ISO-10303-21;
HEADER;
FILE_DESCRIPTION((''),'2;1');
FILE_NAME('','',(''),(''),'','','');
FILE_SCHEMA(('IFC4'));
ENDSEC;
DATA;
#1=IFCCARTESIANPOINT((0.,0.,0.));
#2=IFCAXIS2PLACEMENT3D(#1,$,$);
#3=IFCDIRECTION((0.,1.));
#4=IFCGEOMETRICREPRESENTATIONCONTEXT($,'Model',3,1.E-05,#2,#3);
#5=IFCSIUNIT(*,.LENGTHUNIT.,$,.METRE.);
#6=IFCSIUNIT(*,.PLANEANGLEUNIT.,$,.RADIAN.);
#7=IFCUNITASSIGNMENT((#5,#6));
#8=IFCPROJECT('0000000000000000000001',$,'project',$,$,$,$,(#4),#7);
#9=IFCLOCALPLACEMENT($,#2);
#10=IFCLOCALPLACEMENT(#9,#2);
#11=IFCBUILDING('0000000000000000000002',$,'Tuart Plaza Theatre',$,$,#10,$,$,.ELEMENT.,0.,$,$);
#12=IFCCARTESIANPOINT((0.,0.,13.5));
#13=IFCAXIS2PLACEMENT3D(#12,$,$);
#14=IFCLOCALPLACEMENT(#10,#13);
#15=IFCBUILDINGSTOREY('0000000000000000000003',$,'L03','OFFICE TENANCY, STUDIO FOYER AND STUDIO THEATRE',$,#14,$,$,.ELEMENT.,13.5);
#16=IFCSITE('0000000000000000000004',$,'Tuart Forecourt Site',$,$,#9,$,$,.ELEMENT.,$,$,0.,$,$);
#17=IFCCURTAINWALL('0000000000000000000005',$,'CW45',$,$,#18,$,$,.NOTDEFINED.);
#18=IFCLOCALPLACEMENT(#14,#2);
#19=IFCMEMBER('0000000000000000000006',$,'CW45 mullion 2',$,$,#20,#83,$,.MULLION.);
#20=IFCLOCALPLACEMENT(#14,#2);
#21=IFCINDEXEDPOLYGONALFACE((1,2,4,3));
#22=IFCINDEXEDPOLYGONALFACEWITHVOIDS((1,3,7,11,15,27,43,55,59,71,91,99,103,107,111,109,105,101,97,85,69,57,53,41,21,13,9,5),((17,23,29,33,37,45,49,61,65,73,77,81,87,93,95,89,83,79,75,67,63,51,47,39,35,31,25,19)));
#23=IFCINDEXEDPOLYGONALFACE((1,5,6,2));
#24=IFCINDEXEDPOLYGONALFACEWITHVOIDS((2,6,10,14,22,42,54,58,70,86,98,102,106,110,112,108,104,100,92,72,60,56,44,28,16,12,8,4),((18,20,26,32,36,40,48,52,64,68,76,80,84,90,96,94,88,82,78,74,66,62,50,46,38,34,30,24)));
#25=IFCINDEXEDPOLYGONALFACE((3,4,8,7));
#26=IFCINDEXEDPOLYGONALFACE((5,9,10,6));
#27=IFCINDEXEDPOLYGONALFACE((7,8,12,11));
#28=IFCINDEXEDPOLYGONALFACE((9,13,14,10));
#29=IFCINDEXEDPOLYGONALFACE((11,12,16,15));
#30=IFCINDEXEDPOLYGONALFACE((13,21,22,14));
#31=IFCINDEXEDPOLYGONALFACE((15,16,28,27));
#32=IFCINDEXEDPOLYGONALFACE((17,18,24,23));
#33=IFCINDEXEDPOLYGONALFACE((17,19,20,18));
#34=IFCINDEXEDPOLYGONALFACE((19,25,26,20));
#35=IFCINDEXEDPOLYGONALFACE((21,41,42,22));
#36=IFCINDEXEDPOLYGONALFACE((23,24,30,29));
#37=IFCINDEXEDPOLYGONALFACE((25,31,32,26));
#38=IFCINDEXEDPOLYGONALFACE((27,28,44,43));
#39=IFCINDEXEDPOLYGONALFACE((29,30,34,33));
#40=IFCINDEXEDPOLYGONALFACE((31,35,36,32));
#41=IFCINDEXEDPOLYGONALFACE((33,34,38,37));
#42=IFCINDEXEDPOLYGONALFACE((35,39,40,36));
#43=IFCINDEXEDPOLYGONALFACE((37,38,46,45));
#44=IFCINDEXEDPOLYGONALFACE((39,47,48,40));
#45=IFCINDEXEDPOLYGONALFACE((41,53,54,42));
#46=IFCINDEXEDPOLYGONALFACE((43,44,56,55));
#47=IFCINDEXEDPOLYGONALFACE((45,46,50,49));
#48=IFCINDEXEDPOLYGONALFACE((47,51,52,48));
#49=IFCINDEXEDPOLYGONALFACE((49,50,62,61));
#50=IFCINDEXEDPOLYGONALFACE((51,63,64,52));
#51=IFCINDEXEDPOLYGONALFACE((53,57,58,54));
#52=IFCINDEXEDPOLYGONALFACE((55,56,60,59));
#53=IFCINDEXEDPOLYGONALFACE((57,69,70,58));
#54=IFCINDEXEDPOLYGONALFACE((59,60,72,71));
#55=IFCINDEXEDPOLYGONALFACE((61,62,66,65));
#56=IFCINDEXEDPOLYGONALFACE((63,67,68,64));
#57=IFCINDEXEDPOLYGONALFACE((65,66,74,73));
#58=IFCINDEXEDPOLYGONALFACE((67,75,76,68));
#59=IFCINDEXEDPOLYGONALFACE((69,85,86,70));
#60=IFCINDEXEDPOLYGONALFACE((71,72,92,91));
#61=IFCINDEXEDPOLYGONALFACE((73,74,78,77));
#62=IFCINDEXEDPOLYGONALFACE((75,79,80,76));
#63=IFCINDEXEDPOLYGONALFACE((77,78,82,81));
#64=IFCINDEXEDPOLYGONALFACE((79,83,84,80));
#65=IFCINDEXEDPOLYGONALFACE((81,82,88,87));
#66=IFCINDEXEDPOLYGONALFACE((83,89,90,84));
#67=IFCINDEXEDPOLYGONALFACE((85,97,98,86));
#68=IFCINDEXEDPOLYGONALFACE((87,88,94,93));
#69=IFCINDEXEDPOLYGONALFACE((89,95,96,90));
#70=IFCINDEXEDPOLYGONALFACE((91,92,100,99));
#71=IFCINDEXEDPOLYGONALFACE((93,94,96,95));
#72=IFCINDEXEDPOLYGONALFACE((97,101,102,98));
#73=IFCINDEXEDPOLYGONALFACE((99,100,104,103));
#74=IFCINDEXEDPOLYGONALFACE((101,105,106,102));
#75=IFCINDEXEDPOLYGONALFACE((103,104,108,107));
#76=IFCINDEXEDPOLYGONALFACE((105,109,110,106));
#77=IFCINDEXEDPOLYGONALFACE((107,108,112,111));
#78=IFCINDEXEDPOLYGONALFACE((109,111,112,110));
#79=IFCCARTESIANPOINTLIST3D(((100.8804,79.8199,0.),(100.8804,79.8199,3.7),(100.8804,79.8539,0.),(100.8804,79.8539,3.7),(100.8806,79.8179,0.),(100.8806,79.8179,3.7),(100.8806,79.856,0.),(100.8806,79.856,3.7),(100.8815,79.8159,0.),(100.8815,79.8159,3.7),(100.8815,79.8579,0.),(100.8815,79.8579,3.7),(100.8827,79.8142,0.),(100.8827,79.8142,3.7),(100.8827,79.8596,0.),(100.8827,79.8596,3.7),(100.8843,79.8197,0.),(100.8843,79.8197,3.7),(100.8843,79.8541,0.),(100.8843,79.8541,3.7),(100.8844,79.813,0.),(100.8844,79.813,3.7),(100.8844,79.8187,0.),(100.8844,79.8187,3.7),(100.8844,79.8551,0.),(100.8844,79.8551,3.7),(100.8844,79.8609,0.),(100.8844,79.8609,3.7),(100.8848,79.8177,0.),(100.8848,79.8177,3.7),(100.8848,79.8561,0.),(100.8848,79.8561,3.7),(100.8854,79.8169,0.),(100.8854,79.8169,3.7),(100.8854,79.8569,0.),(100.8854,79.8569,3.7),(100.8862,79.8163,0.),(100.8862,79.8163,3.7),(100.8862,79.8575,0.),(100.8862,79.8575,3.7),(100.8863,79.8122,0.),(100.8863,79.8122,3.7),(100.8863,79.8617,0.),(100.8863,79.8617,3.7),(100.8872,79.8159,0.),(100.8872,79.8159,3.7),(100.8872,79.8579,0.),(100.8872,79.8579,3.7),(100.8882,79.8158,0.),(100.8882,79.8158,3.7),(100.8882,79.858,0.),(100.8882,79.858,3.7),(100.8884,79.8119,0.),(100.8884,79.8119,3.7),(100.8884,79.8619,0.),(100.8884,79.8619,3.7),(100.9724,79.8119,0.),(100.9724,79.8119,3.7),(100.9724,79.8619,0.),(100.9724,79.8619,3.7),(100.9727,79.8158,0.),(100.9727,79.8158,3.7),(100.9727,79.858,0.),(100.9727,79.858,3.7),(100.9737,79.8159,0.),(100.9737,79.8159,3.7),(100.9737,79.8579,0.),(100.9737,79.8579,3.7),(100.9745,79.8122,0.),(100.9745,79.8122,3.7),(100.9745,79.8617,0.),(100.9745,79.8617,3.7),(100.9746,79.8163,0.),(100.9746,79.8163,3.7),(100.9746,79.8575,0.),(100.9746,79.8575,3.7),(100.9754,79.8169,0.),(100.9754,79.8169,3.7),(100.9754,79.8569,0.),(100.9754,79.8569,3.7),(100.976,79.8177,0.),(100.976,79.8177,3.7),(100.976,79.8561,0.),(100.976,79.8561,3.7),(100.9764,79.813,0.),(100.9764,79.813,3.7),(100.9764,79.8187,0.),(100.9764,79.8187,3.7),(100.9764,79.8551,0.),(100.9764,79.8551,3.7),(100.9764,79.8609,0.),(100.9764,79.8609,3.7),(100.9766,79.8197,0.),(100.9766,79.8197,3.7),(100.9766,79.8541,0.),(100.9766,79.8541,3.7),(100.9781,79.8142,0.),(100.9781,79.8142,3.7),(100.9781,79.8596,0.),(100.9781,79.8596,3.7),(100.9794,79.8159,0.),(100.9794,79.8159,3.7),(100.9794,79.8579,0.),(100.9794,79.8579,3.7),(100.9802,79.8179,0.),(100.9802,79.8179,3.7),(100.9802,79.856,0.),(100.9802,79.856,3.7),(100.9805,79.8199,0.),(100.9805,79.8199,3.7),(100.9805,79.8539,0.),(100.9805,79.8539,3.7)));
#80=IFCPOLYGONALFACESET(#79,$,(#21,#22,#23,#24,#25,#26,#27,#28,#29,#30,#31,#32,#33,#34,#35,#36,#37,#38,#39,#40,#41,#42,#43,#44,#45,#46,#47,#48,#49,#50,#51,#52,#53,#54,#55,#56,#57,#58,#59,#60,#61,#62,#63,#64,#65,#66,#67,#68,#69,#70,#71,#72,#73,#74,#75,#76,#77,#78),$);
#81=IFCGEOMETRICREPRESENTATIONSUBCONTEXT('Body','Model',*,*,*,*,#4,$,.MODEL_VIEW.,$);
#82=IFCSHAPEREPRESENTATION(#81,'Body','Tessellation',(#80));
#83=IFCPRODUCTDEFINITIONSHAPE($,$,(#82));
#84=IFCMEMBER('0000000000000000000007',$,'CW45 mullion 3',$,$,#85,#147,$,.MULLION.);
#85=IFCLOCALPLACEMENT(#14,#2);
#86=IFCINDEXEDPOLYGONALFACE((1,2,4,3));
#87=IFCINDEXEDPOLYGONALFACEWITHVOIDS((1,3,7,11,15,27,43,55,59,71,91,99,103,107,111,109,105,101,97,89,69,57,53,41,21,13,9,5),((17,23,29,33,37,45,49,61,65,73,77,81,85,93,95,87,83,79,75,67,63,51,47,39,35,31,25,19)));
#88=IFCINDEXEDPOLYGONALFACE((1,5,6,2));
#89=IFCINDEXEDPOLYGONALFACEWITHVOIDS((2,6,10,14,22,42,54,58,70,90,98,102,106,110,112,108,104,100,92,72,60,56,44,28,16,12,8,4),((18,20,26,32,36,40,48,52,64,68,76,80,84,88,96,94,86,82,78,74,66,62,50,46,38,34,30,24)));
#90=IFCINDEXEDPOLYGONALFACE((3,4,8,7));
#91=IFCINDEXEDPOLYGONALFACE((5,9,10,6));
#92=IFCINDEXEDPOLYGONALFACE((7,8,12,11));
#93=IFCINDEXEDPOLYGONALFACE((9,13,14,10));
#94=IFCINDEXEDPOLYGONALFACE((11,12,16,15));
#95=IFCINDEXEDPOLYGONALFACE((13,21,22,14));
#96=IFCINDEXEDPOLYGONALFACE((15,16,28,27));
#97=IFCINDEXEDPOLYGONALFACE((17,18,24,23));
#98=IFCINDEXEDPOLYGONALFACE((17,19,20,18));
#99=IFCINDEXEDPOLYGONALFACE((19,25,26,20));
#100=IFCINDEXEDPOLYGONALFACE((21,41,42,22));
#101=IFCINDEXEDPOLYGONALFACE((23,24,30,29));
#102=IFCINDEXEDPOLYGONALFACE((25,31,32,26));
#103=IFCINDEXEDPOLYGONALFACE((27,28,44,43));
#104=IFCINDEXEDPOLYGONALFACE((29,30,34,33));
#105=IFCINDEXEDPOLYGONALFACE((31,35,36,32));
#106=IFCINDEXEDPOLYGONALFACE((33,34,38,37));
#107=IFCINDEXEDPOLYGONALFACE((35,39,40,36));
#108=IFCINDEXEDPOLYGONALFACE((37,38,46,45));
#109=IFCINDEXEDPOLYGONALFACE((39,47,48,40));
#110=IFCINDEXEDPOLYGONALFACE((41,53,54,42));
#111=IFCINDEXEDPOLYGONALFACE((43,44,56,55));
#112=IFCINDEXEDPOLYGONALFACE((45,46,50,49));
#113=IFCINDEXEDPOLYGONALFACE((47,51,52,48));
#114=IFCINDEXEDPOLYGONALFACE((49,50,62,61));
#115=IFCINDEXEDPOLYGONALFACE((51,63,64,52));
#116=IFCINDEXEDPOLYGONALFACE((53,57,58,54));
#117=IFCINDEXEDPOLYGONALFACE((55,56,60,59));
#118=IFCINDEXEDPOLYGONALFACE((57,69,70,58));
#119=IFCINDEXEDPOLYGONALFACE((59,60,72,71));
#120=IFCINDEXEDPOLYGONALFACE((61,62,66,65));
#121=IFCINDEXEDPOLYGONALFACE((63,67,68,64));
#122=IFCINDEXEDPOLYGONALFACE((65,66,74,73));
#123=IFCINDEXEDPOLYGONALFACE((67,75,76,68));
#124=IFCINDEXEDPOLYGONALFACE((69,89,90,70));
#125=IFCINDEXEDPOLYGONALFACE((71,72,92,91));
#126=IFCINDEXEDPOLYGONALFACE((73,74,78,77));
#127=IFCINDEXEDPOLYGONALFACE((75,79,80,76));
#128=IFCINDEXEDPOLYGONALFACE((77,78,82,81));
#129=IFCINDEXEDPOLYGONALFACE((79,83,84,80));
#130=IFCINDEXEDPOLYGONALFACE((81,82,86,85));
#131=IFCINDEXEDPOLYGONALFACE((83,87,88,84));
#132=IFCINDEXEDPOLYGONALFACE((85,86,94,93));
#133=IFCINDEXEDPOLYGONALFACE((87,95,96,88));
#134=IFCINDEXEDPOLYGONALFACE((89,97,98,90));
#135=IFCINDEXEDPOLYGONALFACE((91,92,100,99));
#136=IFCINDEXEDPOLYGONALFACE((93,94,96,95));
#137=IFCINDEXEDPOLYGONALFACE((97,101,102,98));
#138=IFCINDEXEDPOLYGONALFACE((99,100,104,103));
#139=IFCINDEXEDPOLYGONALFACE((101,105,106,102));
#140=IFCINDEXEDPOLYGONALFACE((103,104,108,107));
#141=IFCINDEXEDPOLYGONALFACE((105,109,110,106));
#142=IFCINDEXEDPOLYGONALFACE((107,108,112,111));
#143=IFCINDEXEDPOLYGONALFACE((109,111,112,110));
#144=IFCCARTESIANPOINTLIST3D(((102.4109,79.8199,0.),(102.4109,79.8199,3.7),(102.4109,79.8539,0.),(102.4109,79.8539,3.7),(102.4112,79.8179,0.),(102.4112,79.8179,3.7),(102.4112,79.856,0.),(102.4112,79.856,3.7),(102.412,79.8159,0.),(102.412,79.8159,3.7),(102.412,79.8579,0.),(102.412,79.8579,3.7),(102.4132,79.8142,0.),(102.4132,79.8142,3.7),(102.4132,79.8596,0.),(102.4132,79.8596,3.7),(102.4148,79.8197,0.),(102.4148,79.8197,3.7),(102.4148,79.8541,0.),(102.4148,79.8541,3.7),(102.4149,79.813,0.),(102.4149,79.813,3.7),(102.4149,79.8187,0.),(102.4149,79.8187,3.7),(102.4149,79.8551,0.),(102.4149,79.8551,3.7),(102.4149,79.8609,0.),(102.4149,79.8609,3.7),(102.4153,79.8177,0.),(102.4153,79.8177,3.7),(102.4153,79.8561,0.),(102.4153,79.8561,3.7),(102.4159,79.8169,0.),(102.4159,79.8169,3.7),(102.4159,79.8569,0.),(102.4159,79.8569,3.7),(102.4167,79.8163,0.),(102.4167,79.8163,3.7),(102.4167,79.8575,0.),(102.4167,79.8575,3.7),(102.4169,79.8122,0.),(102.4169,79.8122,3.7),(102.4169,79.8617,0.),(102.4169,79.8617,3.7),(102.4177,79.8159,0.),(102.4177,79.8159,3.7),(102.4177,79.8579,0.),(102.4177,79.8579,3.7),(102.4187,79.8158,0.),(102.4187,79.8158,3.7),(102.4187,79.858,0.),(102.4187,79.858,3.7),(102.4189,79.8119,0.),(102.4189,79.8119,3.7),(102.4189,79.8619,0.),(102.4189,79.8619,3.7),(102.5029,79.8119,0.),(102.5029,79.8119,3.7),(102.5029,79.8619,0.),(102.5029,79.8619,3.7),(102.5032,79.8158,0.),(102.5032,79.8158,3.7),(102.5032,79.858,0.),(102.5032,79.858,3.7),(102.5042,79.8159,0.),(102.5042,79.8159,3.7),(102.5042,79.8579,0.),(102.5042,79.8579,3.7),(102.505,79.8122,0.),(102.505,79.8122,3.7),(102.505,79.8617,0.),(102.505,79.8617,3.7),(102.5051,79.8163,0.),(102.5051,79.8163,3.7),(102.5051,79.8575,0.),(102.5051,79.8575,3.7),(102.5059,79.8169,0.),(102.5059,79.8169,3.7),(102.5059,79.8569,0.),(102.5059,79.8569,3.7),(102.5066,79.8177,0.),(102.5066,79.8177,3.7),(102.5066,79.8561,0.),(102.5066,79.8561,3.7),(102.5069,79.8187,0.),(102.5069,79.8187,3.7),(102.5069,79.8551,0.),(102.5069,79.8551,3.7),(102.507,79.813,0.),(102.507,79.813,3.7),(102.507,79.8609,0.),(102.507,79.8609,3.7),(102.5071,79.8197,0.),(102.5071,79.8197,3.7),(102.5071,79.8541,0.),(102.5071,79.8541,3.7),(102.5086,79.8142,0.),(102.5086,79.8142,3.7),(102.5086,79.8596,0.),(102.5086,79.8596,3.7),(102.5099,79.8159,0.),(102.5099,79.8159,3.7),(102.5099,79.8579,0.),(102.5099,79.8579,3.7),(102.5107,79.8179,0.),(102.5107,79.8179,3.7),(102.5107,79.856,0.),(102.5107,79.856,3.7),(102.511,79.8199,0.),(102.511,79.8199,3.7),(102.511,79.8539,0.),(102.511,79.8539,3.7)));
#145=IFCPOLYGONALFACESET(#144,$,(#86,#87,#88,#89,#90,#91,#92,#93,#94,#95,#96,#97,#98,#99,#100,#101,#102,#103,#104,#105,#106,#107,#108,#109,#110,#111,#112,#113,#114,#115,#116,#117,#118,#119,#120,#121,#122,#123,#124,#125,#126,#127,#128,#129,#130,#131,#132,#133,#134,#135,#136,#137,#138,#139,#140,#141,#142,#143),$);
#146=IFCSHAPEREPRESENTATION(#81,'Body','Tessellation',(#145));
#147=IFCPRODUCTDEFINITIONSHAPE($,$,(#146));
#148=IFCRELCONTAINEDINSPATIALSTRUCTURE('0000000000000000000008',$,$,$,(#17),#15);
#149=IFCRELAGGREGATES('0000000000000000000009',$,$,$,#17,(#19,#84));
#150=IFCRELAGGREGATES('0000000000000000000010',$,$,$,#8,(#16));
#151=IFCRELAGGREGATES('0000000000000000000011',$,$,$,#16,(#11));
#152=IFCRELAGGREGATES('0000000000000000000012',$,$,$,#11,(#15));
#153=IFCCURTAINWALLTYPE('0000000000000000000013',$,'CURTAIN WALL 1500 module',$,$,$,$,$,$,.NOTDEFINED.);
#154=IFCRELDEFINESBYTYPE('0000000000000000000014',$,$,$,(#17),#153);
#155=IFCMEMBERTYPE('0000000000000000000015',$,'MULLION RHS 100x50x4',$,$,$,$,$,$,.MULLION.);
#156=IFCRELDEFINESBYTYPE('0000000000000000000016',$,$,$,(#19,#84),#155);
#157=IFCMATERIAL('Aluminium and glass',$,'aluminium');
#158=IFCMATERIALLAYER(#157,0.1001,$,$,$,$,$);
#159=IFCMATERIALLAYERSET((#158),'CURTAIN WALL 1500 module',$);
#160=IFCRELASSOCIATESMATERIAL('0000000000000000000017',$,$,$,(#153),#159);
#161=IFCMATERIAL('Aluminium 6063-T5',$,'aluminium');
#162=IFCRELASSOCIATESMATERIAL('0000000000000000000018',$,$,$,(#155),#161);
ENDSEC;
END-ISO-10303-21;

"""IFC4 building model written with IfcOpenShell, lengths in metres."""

from ifc_helpers import new_model, si_unit, direction, frame, origin, origin_2d, place, context, subcontext, project, spatial, hollow_rectangle, extrude, material, layer, layer_set, material_profile, profile_set, type_object, element, aggregate, save


model = new_model("IFC4")

# Units and contexts
model_context = context("Model", 3, precision=1e-05, world=origin(), true_north=direction((0.0, 1.0)))
body_context = subcontext(model_context, "Body", "Model", "MODEL_VIEW")
ifc_project = project(units=[si_unit("LENGTHUNIT", "METRE"), si_unit("PLANEANGLEUNIT", "RADIAN")], contexts=[model_context])

# Site, building, storey
site_placement = place(None, origin())
site = spatial("IfcSite", under=ifc_project, at=site_placement, Name="Tuart Forecourt Site", CompositionType="ELEMENT", RefElevation=0.0)
building_placement = place(site_placement, origin())
building = spatial("IfcBuilding", under=site, at=building_placement, Name="Tuart Plaza Theatre", CompositionType="ELEMENT", ElevationOfRefHeight=0.0)
storey_placement = place(building_placement, frame((0.0, 0.0, 13.5)))
storey = spatial("IfcBuildingStorey", under=building, at=storey_placement, Name="L03", Description="OFFICE TENANCY, STUDIO FOYER AND STUDIO THEATRE", CompositionType="ELEMENT", Elevation=13.5)

# Curtain wall, members
ifc_material_1 = material(Name="Aluminium and glass", Category="aluminium")
ifc_layer_1 = layer(ifc_material_1, 0.1001)
ifc_layer_set_1 = layer_set([ifc_layer_1], Name="CURTAIN WALL 1500 module")
curtain_wall_type = type_object("IfcCurtainWallType", Name="CURTAIN WALL 1500 module", PredefinedType="NOTDEFINED", material=ifc_layer_set_1)
curtain_wall_placement = place(storey_placement, origin())
curtain_wall = element("IfcCurtainWall", 1, at=curtain_wall_placement, inside=storey, type_object=curtain_wall_type, Name="CW45", PredefinedType="NOTDEFINED")
ifc_material_2 = material(Name="Aluminium 6063-T5", Category="aluminium")
ifc_material_profile_1 = material_profile(ifc_material_2, hollow_rectangle(XDim=0.05, YDim=0.1001, WallThickness=0.0039, InnerFilletRadius=0.0039, OuterFilletRadius=0.0081, at=origin_2d()), Name="RHS 100x50x4")
ifc_profile_set_1 = profile_set([ifc_material_profile_1], Name="Aluminium 6063-T5")
member_type_1 = type_object("IfcMemberType", Name="MULLION RHS 100x50x4", PredefinedType="MULLION", material=ifc_profile_set_1)
member_1_placement = place(storey_placement, frame((100.9304, 79.8369, 0.0), z_axis=(0.0, 0.0, 1.0), x_axis=(0.0, 1.0, 0.0)))
member_1 = element("IfcMember", 2, at=member_1_placement, type_object=member_type_1, Name="CW45 mullion 2", PredefinedType="MULLION", context=body_context, shape_type="SweptSolid", body=[
    extrude(hollow_rectangle(XDim=0.05, YDim=0.1001, WallThickness=0.0039, InnerFilletRadius=0.0039, OuterFilletRadius=0.0081, at=origin_2d()), origin(), (0.0, 0.0, 1.0), 3.7),
])
member_2_placement = place(storey_placement, frame((102.4609, 79.8369, 0.0), z_axis=(0.0, 0.0, 1.0), x_axis=(0.0, 1.0, 0.0)))
member_2 = element("IfcMember", 3, at=member_2_placement, type_object=member_type_1, Name="CW45 mullion 3", PredefinedType="MULLION", context=body_context, shape_type="SweptSolid", body=[
    extrude(hollow_rectangle(XDim=0.05, YDim=0.1001, WallThickness=0.0039, InnerFilletRadius=0.0039, OuterFilletRadius=0.0081, at=origin_2d()), origin(), (0.0, 0.0, 1.0), 3.7),
])
aggregate(curtain_wall, [member_1, member_2])

save(model, "model.ifc")
